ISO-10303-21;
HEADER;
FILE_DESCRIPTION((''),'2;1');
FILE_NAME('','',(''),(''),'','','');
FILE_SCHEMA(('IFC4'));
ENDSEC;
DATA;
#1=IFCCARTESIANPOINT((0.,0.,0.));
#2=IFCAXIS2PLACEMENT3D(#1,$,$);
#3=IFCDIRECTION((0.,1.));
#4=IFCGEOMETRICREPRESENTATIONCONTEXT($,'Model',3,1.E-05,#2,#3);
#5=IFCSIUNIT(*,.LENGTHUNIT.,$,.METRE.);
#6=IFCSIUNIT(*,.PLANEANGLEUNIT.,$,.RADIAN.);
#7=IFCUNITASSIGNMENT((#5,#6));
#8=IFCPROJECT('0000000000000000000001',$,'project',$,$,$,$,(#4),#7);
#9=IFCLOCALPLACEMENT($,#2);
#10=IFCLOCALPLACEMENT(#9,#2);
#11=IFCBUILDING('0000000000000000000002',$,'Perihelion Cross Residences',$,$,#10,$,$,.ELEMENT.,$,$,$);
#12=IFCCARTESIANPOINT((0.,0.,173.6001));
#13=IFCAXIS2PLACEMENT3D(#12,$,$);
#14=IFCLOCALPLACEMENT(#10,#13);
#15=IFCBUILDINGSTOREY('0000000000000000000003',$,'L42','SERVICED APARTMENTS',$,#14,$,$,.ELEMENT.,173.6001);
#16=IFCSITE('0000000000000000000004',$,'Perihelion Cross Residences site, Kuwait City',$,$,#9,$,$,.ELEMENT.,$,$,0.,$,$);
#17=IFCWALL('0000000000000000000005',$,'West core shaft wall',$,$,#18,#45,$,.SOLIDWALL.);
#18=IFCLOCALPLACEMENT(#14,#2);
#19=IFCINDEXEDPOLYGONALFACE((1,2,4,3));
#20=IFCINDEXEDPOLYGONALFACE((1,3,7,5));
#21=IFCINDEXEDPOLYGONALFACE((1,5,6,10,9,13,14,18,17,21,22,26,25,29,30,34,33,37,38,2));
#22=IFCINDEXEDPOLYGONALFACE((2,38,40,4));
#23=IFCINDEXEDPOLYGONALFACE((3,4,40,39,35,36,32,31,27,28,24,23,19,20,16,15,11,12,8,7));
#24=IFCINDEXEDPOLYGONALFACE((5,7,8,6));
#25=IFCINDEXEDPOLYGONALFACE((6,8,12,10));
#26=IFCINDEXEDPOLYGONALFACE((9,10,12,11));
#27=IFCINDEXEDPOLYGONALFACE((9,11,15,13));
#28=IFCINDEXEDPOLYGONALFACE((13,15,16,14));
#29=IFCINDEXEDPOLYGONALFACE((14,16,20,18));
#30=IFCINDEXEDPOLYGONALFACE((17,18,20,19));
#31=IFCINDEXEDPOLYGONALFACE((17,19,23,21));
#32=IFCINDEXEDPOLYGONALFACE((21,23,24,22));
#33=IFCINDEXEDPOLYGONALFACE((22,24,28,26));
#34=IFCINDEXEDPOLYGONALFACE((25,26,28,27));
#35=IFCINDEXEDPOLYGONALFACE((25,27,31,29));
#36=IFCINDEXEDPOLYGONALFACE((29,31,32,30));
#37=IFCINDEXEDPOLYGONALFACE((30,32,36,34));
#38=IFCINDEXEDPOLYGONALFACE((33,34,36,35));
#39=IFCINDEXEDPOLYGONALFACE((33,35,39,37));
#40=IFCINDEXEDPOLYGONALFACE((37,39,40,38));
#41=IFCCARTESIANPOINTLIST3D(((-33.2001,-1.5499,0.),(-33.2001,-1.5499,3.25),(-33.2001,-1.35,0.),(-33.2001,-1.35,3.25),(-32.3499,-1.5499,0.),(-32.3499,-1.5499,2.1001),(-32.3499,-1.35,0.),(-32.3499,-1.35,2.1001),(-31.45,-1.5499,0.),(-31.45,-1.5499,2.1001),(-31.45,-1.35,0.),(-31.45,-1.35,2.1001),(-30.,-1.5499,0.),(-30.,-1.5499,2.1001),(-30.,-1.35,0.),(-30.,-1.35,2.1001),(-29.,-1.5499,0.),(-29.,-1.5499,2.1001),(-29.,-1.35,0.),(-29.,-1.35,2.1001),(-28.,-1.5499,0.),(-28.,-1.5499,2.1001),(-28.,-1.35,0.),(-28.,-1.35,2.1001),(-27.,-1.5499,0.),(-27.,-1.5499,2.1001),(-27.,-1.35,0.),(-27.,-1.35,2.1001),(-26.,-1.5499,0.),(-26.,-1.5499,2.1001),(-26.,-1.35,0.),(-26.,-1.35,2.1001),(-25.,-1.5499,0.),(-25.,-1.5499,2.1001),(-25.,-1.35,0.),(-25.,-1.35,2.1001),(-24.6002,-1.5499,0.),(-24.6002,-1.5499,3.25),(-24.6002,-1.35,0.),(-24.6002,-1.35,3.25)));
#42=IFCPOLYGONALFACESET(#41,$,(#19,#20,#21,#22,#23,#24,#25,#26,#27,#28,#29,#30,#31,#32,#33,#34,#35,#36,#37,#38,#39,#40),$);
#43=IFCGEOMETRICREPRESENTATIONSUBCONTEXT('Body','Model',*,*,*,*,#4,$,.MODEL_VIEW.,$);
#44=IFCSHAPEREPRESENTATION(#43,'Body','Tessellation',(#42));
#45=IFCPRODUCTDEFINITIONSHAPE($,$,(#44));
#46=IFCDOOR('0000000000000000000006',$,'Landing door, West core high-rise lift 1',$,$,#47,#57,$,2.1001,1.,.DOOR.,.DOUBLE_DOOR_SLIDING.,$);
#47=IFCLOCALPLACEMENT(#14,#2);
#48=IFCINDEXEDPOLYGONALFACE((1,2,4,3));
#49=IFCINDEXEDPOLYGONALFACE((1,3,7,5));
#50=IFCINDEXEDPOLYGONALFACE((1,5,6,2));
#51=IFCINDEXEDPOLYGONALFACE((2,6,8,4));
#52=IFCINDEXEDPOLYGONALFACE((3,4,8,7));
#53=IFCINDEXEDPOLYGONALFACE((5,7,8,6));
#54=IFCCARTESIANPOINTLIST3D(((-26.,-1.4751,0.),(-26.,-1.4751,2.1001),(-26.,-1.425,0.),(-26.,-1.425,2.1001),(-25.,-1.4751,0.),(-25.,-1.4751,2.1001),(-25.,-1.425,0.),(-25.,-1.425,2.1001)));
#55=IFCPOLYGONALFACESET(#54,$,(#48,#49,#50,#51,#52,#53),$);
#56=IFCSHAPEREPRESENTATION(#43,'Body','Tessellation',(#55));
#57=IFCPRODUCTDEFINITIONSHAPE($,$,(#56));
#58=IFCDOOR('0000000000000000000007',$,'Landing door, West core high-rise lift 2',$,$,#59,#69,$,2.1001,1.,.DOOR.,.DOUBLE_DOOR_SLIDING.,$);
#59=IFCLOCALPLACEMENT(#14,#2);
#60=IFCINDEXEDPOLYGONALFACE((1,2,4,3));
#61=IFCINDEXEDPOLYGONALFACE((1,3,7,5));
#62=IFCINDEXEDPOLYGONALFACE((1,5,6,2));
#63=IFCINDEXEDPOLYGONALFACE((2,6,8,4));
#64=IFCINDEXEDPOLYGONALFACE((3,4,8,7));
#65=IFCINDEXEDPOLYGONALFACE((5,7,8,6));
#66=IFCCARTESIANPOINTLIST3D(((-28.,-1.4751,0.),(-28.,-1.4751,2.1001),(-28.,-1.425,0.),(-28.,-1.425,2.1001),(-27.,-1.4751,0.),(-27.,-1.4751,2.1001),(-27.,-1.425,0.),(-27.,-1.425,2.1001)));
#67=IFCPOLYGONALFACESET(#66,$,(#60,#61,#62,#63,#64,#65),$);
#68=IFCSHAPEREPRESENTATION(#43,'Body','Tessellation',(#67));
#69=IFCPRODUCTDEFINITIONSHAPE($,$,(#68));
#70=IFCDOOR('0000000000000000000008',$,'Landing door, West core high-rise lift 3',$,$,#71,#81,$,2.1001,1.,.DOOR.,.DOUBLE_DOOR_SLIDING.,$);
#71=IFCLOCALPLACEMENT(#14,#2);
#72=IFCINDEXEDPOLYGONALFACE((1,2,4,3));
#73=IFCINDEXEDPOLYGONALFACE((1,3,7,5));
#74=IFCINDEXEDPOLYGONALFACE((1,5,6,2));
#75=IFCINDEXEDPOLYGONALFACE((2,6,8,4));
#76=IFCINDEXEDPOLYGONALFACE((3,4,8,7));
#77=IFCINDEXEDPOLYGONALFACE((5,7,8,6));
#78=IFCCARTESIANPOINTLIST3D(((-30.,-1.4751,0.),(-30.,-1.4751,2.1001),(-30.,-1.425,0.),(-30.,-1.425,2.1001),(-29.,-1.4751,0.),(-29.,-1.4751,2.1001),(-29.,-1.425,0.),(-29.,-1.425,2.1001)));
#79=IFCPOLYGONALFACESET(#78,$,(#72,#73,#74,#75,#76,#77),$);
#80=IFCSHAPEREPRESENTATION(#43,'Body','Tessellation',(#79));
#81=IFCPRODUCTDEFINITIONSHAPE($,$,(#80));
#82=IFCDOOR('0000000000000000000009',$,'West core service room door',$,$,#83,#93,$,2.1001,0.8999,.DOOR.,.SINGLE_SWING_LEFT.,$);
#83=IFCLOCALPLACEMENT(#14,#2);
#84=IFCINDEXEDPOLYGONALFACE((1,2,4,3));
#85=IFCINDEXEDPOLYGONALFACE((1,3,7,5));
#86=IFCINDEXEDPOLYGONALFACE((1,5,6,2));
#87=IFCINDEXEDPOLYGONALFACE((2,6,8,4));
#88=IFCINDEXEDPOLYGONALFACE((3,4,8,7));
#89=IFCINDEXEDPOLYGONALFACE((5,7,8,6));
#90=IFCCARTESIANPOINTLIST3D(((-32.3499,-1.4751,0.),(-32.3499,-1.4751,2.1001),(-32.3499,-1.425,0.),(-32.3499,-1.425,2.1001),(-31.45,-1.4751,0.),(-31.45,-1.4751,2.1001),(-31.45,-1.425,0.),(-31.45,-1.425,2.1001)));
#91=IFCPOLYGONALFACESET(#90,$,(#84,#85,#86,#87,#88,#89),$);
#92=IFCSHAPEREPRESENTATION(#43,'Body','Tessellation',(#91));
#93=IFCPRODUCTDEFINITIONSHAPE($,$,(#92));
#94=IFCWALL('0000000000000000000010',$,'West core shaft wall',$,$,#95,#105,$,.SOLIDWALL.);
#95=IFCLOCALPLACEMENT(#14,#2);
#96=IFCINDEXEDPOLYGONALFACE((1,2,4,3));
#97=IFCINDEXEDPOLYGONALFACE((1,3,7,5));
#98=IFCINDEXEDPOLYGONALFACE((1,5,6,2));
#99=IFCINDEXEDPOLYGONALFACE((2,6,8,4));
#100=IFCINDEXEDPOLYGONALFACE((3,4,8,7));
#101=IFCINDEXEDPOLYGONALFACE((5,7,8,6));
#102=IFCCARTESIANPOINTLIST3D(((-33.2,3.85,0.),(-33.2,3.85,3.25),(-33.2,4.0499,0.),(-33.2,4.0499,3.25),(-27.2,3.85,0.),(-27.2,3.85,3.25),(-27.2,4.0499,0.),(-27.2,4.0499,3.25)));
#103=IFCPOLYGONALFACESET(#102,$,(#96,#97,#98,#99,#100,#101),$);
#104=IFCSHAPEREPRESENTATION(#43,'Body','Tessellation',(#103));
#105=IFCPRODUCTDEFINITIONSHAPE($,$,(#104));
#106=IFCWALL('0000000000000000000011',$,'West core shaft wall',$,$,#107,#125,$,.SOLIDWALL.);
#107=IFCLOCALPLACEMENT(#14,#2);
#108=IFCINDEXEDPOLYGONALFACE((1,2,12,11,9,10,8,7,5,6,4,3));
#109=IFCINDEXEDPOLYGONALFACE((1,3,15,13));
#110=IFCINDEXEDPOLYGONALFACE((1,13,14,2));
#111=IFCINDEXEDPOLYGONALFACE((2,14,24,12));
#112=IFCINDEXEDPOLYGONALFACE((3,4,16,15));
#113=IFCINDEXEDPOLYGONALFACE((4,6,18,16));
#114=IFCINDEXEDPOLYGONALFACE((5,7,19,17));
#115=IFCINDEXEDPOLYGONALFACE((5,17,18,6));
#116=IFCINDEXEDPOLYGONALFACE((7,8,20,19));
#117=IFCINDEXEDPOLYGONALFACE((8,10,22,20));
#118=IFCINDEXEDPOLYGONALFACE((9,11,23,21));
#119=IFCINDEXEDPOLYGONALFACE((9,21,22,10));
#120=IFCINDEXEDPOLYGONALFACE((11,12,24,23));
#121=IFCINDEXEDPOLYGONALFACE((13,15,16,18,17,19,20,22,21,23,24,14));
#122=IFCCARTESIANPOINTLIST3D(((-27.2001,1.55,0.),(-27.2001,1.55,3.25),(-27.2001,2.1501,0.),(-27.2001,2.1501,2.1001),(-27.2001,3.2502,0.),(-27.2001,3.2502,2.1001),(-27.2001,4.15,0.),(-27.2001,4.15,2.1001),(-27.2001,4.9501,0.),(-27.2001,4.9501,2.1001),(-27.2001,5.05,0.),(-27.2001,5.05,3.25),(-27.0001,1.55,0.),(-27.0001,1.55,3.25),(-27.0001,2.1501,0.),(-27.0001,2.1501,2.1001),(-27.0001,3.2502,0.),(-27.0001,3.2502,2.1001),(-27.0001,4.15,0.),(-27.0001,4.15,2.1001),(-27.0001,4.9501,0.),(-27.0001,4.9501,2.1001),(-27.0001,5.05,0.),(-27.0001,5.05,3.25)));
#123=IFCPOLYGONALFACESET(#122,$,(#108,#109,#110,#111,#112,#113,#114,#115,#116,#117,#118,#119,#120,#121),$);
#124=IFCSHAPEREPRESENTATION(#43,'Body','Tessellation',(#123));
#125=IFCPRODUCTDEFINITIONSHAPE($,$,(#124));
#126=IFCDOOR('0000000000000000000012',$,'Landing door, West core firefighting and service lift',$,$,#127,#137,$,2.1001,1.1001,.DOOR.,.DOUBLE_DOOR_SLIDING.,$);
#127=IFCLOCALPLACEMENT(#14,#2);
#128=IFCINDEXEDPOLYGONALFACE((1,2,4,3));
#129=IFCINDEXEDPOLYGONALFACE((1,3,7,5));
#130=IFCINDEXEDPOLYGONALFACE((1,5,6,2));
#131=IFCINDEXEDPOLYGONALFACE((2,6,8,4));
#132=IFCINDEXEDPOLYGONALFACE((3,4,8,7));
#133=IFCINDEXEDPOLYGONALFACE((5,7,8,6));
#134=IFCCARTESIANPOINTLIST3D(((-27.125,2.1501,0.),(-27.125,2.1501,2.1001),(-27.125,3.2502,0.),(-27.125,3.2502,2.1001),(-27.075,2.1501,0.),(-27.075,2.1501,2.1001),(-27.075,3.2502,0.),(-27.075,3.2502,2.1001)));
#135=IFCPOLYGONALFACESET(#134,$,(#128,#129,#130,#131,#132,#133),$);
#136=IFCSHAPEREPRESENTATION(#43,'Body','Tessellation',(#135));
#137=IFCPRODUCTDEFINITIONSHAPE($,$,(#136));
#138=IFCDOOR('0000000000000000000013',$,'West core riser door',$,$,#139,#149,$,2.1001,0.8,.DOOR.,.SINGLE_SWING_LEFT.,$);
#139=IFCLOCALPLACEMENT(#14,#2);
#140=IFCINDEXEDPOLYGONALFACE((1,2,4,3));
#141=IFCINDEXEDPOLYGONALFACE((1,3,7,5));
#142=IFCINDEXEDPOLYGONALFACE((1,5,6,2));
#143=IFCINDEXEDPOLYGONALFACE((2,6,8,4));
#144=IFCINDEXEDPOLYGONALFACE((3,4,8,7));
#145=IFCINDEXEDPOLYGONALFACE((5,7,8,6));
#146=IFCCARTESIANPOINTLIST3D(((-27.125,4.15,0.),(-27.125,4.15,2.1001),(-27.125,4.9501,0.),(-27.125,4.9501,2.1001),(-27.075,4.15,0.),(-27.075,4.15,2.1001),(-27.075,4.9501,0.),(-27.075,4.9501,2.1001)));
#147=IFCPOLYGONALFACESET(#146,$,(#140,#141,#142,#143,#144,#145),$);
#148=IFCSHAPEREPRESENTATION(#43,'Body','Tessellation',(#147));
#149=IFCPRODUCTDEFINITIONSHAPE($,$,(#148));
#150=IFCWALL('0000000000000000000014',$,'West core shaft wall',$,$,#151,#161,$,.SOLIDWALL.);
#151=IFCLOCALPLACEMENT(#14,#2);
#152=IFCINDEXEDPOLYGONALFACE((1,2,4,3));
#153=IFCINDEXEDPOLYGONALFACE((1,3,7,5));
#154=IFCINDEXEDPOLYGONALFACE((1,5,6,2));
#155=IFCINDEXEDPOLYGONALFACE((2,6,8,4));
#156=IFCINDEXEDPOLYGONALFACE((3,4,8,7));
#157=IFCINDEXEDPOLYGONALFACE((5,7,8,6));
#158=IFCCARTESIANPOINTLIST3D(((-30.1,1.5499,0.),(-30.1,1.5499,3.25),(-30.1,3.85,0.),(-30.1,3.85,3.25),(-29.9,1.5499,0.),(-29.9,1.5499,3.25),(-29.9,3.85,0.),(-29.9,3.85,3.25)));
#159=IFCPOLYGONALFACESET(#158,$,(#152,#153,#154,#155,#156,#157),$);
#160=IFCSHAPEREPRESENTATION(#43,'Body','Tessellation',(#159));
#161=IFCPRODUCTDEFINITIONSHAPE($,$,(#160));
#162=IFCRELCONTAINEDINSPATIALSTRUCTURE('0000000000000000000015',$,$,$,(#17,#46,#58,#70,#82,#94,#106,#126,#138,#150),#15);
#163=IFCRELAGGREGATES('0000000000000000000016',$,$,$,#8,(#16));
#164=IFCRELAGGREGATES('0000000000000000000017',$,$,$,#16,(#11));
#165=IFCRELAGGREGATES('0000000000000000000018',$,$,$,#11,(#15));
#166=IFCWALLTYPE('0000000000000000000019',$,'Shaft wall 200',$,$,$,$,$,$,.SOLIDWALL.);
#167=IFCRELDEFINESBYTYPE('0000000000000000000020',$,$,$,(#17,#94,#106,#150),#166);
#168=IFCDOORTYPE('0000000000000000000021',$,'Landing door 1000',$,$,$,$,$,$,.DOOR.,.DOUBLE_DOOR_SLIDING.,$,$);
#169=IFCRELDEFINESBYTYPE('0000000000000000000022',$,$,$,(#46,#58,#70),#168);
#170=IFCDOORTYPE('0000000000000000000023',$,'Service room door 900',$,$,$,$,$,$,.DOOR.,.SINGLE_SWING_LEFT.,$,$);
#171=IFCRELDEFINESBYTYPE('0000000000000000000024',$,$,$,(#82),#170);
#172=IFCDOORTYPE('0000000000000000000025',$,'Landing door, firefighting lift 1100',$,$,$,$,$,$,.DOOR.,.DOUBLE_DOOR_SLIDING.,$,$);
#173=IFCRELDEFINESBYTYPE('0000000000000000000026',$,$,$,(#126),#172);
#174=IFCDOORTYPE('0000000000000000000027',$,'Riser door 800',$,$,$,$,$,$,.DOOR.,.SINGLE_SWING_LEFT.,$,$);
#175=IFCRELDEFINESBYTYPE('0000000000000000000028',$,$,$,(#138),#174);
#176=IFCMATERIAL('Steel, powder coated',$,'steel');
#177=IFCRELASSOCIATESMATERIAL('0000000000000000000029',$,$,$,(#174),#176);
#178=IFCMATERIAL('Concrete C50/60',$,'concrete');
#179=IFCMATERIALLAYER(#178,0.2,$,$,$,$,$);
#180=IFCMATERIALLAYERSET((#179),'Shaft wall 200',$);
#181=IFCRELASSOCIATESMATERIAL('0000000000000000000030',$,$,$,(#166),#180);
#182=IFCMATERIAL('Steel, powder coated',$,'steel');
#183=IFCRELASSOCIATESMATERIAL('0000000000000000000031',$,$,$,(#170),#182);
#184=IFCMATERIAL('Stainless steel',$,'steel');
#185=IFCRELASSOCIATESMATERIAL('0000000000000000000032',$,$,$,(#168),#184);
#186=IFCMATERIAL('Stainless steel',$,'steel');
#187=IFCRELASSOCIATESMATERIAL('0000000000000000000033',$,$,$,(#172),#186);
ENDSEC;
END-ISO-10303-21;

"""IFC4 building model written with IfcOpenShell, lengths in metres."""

from ifc_helpers import new_model, si_unit, direction, frame, frame_2d, origin, place, context, subcontext, project, spatial, rectangle, extrude, material, layer, layer_set, type_object, element, fill, save


model = new_model("IFC4")

# Units and contexts
model_context = context("Model", 3, precision=1e-05, world=origin(), true_north=direction((0.0, 1.0)))
body_context = subcontext(model_context, "Body", "Model", "MODEL_VIEW")
ifc_project = project(units=[si_unit("LENGTHUNIT", "METRE"), si_unit("PLANEANGLEUNIT", "RADIAN")], contexts=[model_context])

# Site, building, storey
site_placement = place(None, origin())
site = spatial("IfcSite", under=ifc_project, at=site_placement, Name="Perihelion Cross Residences site, Kuwait City", CompositionType="ELEMENT", RefElevation=0.0)
building_placement = place(site_placement, origin())
building = spatial("IfcBuilding", under=site, at=building_placement, Name="Perihelion Cross Residences", CompositionType="ELEMENT")
storey_placement = place(building_placement, frame((0.0, 0.0, 173.6001)))
storey = spatial("IfcBuildingStorey", under=building, at=storey_placement, Name="L42", Description="SERVICED APARTMENTS", CompositionType="ELEMENT", Elevation=173.6001)

# Shared definitions
ifc_material_1 = material(Name="Steel, powder coated", Category="steel")
door_type_1 = type_object("IfcDoorType", Name="Riser door 800", OperationType="SINGLE_SWING_LEFT", PredefinedType="DOOR", material=ifc_material_1)

# Wall, openings, doors
ifc_material_2 = material(Name="Concrete C50/60", Category="concrete")
ifc_layer_1 = layer(ifc_material_2, 0.2)
ifc_layer_set_1 = layer_set([ifc_layer_1], Name="Shaft wall 200")
wall_type_1 = type_object("IfcWallType", Name="Shaft wall 200", PredefinedType="SOLIDWALL", material=ifc_layer_set_1)
ifc_material_3 = material(Name="Steel, powder coated", Category="steel")
door_type_2 = type_object("IfcDoorType", Name="Service room door 900", OperationType="SINGLE_SWING_LEFT", PredefinedType="DOOR", material=ifc_material_3)
wall_1_placement = place(storey_placement, frame((-33.2, -1.45, 0.0), z_axis=(0.0, 0.0, 1.0), x_axis=(1.0, 0.0, 0.0)))
wall_1 = element("IfcWall", 1, at=wall_1_placement, inside=storey, type_object=wall_type_1, Name="West core shaft wall", PredefinedType="SOLIDWALL", context=body_context, shape_type="SweptSolid", body=[
    extrude(rectangle(XDim=8.5999, YDim=0.2, at=frame_2d((4.2998, 0.0))), origin(), (0.0, 0.0, 1.0), 3.25),
])
opening_1_placement = place(wall_1_placement, frame((7.2, 0.0, 0.0)))
opening_1 = element("IfcOpeningElement", 2, at=opening_1_placement, cuts=wall_1, PredefinedType="OPENING", context=body_context, shape_type="SweptSolid", body=[
    extrude(rectangle(XDim=1.0, YDim=2.1001, at=frame_2d((0.5, 1.05))), frame((0.0, 0.1099, 0.0), z_axis=(0.0, -1.0, 0.0), x_axis=(1.0, 0.0, 0.0)), (0.0, 0.0, 1.0), 0.22),
])
opening_2_placement = place(wall_1_placement, frame((5.2, 0.0, 0.0)))
opening_2 = element("IfcOpeningElement", 3, at=opening_2_placement, cuts=wall_1, PredefinedType="OPENING", context=body_context, shape_type="SweptSolid", body=[
    extrude(rectangle(XDim=1.0, YDim=2.1001, at=frame_2d((0.5, 1.05))), frame((0.0, 0.1099, 0.0), z_axis=(0.0, -1.0, 0.0), x_axis=(1.0, 0.0, 0.0)), (0.0, 0.0, 1.0), 0.22),
])
opening_3_placement = place(wall_1_placement, frame((3.2, 0.0, 0.0)))
opening_3 = element("IfcOpeningElement", 4, at=opening_3_placement, cuts=wall_1, PredefinedType="OPENING", context=body_context, shape_type="SweptSolid", body=[
    extrude(rectangle(XDim=1.0, YDim=2.1001, at=frame_2d((0.5, 1.05))), frame((0.0, 0.1099, 0.0), z_axis=(0.0, -1.0, 0.0), x_axis=(1.0, 0.0, 0.0)), (0.0, 0.0, 1.0), 0.22),
])
opening_4_placement = place(wall_1_placement, frame((0.8501, 0.0, 0.0)))
opening_4 = element("IfcOpeningElement", 5, at=opening_4_placement, cuts=wall_1, PredefinedType="OPENING", context=body_context, shape_type="SweptSolid", body=[
    extrude(rectangle(XDim=0.8999, YDim=2.1001, at=frame_2d((0.45, 1.05))), frame((0.0, 0.1099, 0.0), z_axis=(0.0, -1.0, 0.0), x_axis=(1.0, 0.0, 0.0)), (0.0, 0.0, 1.0), 0.22),
])
ifc_material_4 = material(Name="Stainless steel", Category="steel")
door_type_3 = type_object("IfcDoorType", Name="Landing door 1000", OperationType="DOUBLE_DOOR_SLIDING", PredefinedType="DOOR", material=ifc_material_4)
door_1_placement = place(opening_1_placement, origin())
door_1 = element("IfcDoor", 6, at=door_1_placement, inside=storey, type_object=door_type_3, Name="Landing door, West core high-rise lift 1", OperationType="DOUBLE_DOOR_SLIDING", OverallHeight=2.1001, OverallWidth=1.0, PredefinedType="DOOR", context=body_context, shape_type="SweptSolid", body=[
    extrude(rectangle(XDim=1.0, YDim=2.1001, at=frame_2d((0.5, 1.05))), frame((0.0, 0.0249, 0.0), z_axis=(0.0, -1.0, 0.0), x_axis=(1.0, 0.0, 0.0)), (0.0, 0.0, 1.0), 0.05),
])
fill(opening_1, door_1)
door_2_placement = place(opening_2_placement, origin())
door_2 = element("IfcDoor", 7, at=door_2_placement, inside=storey, type_object=door_type_3, Name="Landing door, West core high-rise lift 2", OperationType="DOUBLE_DOOR_SLIDING", OverallHeight=2.1001, OverallWidth=1.0, PredefinedType="DOOR", context=body_context, shape_type="SweptSolid", body=[
    extrude(rectangle(XDim=1.0, YDim=2.1001, at=frame_2d((0.5, 1.05))), frame((0.0, 0.0249, 0.0), z_axis=(0.0, -1.0, 0.0), x_axis=(1.0, 0.0, 0.0)), (0.0, 0.0, 1.0), 0.05),
])
fill(opening_2, door_2)
door_3_placement = place(opening_3_placement, origin())
door_3 = element("IfcDoor", 8, at=door_3_placement, inside=storey, type_object=door_type_3, Name="Landing door, West core high-rise lift 3", OperationType="DOUBLE_DOOR_SLIDING", OverallHeight=2.1001, OverallWidth=1.0, PredefinedType="DOOR", context=body_context, shape_type="SweptSolid", body=[
    extrude(rectangle(XDim=1.0, YDim=2.1001, at=frame_2d((0.5, 1.05))), frame((0.0, 0.0249, 0.0), z_axis=(0.0, -1.0, 0.0), x_axis=(1.0, 0.0, 0.0)), (0.0, 0.0, 1.0), 0.05),
])
fill(opening_3, door_3)
door_4_placement = place(opening_4_placement, origin())
door_4 = element("IfcDoor", 9, at=door_4_placement, inside=storey, type_object=door_type_2, Name="West core service room door", OperationType="SINGLE_SWING_LEFT", OverallHeight=2.1001, OverallWidth=0.8999, PredefinedType="DOOR", context=body_context, shape_type="SweptSolid", body=[
    extrude(rectangle(XDim=0.8999, YDim=2.1001, at=frame_2d((0.45, 1.05))), frame((0.0, 0.0249, 0.0), z_axis=(0.0, -1.0, 0.0), x_axis=(1.0, 0.0, 0.0)), (0.0, 0.0, 1.0), 0.05),
])
fill(opening_4, door_4)

# Wall
wall_2_placement = place(storey_placement, frame((-33.2, 3.95, 0.0), z_axis=(0.0, 0.0, 1.0), x_axis=(1.0, 0.0, 0.0)))
element("IfcWall", 10, at=wall_2_placement, inside=storey, type_object=wall_type_1, Name="West core shaft wall", PredefinedType="SOLIDWALL", context=body_context, shape_type="SweptSolid", body=[
    extrude(rectangle(XDim=6.0, YDim=0.2, at=frame_2d((3.0, 0.0))), origin(), (0.0, 0.0, 1.0), 3.25),
])

# Wall, openings, doors
wall_3_placement = place(storey_placement, frame((-27.1001, 1.55, 0.0), z_axis=(0.0, 0.0, 1.0), x_axis=(0.0, 1.0, 0.0)))
wall_3 = element("IfcWall", 11, at=wall_3_placement, inside=storey, type_object=wall_type_1, Name="West core shaft wall", PredefinedType="SOLIDWALL", context=body_context, shape_type="SweptSolid", body=[
    extrude(rectangle(XDim=3.5, YDim=0.2, at=frame_2d((1.75, 0.0))), origin(), (0.0, 0.0, 1.0), 3.25),
])
opening_5_placement = place(wall_3_placement, frame((0.6001, 0.0, 0.0)))
opening_5 = element("IfcOpeningElement", 12, at=opening_5_placement, cuts=wall_3, PredefinedType="OPENING", context=body_context, shape_type="SweptSolid", body=[
    extrude(rectangle(XDim=1.1001, YDim=2.1001, at=frame_2d((0.55, 1.05))), frame((0.0, 0.1099, 0.0), z_axis=(0.0, -1.0, 0.0), x_axis=(1.0, 0.0, 0.0)), (0.0, 0.0, 1.0), 0.22),
])
opening_6_placement = place(wall_3_placement, frame((2.6001, 0.0, 0.0)))
opening_6 = element("IfcOpeningElement", 13, at=opening_6_placement, cuts=wall_3, PredefinedType="OPENING", context=body_context, shape_type="SweptSolid", body=[
    extrude(rectangle(XDim=0.8, YDim=2.1001, at=frame_2d((0.3999, 1.05))), frame((0.0, 0.1099, 0.0), z_axis=(0.0, -1.0, 0.0), x_axis=(1.0, 0.0, 0.0)), (0.0, 0.0, 1.0), 0.22),
])
ifc_material_5 = material(Name="Stainless steel", Category="steel")
door_type_4 = type_object("IfcDoorType", Name="Landing door, firefighting lift 1100", OperationType="DOUBLE_DOOR_SLIDING", PredefinedType="DOOR", material=ifc_material_5)
door_5_placement = place(opening_5_placement, origin())
door_5 = element("IfcDoor", 14, at=door_5_placement, inside=storey, type_object=door_type_4, Name="Landing door, West core firefighting and service lift", OperationType="DOUBLE_DOOR_SLIDING", OverallHeight=2.1001, OverallWidth=1.1001, PredefinedType="DOOR", context=body_context, shape_type="SweptSolid", body=[
    extrude(rectangle(XDim=1.1001, YDim=2.1001, at=frame_2d((0.55, 1.05))), frame((0.0, 0.0249, 0.0), z_axis=(0.0, -1.0, 0.0), x_axis=(1.0, 0.0, 0.0)), (0.0, 0.0, 1.0), 0.05),
])
fill(opening_5, door_5)
door_6_placement = place(opening_6_placement, origin())
door_6 = element("IfcDoor", 15, at=door_6_placement, inside=storey, type_object=door_type_1, Name="West core riser door", OperationType="SINGLE_SWING_LEFT", OverallHeight=2.1001, OverallWidth=0.8, PredefinedType="DOOR", context=body_context, shape_type="SweptSolid", body=[
    extrude(rectangle(XDim=0.8, YDim=2.1001, at=frame_2d((0.3999, 1.05))), frame((0.0, 0.0249, 0.0), z_axis=(0.0, -1.0, 0.0), x_axis=(1.0, 0.0, 0.0)), (0.0, 0.0, 1.0), 0.05),
])
fill(opening_6, door_6)

# Wall
for number, where, z_axis, x_axis, name in (
    (16, (-30.0, 1.55, 0.0), (0.0, 0.0, 1.0), (0.0, 1.0, 0.0), "West core shaft wall"),
):
    element("IfcWall", number, at=place(storey_placement, frame(where, z_axis=z_axis, x_axis=x_axis)), inside=storey, type_object=wall_type_1, Name=name, PredefinedType="SOLIDWALL", context=body_context, shape_type="SweptSolid", body=[
        extrude(rectangle(XDim=2.3, YDim=0.2, at=frame_2d((1.1499, 0.0))), origin(), (0.0, 0.0, 1.0), 3.25),
    ])

save(model, "model.ifc")
